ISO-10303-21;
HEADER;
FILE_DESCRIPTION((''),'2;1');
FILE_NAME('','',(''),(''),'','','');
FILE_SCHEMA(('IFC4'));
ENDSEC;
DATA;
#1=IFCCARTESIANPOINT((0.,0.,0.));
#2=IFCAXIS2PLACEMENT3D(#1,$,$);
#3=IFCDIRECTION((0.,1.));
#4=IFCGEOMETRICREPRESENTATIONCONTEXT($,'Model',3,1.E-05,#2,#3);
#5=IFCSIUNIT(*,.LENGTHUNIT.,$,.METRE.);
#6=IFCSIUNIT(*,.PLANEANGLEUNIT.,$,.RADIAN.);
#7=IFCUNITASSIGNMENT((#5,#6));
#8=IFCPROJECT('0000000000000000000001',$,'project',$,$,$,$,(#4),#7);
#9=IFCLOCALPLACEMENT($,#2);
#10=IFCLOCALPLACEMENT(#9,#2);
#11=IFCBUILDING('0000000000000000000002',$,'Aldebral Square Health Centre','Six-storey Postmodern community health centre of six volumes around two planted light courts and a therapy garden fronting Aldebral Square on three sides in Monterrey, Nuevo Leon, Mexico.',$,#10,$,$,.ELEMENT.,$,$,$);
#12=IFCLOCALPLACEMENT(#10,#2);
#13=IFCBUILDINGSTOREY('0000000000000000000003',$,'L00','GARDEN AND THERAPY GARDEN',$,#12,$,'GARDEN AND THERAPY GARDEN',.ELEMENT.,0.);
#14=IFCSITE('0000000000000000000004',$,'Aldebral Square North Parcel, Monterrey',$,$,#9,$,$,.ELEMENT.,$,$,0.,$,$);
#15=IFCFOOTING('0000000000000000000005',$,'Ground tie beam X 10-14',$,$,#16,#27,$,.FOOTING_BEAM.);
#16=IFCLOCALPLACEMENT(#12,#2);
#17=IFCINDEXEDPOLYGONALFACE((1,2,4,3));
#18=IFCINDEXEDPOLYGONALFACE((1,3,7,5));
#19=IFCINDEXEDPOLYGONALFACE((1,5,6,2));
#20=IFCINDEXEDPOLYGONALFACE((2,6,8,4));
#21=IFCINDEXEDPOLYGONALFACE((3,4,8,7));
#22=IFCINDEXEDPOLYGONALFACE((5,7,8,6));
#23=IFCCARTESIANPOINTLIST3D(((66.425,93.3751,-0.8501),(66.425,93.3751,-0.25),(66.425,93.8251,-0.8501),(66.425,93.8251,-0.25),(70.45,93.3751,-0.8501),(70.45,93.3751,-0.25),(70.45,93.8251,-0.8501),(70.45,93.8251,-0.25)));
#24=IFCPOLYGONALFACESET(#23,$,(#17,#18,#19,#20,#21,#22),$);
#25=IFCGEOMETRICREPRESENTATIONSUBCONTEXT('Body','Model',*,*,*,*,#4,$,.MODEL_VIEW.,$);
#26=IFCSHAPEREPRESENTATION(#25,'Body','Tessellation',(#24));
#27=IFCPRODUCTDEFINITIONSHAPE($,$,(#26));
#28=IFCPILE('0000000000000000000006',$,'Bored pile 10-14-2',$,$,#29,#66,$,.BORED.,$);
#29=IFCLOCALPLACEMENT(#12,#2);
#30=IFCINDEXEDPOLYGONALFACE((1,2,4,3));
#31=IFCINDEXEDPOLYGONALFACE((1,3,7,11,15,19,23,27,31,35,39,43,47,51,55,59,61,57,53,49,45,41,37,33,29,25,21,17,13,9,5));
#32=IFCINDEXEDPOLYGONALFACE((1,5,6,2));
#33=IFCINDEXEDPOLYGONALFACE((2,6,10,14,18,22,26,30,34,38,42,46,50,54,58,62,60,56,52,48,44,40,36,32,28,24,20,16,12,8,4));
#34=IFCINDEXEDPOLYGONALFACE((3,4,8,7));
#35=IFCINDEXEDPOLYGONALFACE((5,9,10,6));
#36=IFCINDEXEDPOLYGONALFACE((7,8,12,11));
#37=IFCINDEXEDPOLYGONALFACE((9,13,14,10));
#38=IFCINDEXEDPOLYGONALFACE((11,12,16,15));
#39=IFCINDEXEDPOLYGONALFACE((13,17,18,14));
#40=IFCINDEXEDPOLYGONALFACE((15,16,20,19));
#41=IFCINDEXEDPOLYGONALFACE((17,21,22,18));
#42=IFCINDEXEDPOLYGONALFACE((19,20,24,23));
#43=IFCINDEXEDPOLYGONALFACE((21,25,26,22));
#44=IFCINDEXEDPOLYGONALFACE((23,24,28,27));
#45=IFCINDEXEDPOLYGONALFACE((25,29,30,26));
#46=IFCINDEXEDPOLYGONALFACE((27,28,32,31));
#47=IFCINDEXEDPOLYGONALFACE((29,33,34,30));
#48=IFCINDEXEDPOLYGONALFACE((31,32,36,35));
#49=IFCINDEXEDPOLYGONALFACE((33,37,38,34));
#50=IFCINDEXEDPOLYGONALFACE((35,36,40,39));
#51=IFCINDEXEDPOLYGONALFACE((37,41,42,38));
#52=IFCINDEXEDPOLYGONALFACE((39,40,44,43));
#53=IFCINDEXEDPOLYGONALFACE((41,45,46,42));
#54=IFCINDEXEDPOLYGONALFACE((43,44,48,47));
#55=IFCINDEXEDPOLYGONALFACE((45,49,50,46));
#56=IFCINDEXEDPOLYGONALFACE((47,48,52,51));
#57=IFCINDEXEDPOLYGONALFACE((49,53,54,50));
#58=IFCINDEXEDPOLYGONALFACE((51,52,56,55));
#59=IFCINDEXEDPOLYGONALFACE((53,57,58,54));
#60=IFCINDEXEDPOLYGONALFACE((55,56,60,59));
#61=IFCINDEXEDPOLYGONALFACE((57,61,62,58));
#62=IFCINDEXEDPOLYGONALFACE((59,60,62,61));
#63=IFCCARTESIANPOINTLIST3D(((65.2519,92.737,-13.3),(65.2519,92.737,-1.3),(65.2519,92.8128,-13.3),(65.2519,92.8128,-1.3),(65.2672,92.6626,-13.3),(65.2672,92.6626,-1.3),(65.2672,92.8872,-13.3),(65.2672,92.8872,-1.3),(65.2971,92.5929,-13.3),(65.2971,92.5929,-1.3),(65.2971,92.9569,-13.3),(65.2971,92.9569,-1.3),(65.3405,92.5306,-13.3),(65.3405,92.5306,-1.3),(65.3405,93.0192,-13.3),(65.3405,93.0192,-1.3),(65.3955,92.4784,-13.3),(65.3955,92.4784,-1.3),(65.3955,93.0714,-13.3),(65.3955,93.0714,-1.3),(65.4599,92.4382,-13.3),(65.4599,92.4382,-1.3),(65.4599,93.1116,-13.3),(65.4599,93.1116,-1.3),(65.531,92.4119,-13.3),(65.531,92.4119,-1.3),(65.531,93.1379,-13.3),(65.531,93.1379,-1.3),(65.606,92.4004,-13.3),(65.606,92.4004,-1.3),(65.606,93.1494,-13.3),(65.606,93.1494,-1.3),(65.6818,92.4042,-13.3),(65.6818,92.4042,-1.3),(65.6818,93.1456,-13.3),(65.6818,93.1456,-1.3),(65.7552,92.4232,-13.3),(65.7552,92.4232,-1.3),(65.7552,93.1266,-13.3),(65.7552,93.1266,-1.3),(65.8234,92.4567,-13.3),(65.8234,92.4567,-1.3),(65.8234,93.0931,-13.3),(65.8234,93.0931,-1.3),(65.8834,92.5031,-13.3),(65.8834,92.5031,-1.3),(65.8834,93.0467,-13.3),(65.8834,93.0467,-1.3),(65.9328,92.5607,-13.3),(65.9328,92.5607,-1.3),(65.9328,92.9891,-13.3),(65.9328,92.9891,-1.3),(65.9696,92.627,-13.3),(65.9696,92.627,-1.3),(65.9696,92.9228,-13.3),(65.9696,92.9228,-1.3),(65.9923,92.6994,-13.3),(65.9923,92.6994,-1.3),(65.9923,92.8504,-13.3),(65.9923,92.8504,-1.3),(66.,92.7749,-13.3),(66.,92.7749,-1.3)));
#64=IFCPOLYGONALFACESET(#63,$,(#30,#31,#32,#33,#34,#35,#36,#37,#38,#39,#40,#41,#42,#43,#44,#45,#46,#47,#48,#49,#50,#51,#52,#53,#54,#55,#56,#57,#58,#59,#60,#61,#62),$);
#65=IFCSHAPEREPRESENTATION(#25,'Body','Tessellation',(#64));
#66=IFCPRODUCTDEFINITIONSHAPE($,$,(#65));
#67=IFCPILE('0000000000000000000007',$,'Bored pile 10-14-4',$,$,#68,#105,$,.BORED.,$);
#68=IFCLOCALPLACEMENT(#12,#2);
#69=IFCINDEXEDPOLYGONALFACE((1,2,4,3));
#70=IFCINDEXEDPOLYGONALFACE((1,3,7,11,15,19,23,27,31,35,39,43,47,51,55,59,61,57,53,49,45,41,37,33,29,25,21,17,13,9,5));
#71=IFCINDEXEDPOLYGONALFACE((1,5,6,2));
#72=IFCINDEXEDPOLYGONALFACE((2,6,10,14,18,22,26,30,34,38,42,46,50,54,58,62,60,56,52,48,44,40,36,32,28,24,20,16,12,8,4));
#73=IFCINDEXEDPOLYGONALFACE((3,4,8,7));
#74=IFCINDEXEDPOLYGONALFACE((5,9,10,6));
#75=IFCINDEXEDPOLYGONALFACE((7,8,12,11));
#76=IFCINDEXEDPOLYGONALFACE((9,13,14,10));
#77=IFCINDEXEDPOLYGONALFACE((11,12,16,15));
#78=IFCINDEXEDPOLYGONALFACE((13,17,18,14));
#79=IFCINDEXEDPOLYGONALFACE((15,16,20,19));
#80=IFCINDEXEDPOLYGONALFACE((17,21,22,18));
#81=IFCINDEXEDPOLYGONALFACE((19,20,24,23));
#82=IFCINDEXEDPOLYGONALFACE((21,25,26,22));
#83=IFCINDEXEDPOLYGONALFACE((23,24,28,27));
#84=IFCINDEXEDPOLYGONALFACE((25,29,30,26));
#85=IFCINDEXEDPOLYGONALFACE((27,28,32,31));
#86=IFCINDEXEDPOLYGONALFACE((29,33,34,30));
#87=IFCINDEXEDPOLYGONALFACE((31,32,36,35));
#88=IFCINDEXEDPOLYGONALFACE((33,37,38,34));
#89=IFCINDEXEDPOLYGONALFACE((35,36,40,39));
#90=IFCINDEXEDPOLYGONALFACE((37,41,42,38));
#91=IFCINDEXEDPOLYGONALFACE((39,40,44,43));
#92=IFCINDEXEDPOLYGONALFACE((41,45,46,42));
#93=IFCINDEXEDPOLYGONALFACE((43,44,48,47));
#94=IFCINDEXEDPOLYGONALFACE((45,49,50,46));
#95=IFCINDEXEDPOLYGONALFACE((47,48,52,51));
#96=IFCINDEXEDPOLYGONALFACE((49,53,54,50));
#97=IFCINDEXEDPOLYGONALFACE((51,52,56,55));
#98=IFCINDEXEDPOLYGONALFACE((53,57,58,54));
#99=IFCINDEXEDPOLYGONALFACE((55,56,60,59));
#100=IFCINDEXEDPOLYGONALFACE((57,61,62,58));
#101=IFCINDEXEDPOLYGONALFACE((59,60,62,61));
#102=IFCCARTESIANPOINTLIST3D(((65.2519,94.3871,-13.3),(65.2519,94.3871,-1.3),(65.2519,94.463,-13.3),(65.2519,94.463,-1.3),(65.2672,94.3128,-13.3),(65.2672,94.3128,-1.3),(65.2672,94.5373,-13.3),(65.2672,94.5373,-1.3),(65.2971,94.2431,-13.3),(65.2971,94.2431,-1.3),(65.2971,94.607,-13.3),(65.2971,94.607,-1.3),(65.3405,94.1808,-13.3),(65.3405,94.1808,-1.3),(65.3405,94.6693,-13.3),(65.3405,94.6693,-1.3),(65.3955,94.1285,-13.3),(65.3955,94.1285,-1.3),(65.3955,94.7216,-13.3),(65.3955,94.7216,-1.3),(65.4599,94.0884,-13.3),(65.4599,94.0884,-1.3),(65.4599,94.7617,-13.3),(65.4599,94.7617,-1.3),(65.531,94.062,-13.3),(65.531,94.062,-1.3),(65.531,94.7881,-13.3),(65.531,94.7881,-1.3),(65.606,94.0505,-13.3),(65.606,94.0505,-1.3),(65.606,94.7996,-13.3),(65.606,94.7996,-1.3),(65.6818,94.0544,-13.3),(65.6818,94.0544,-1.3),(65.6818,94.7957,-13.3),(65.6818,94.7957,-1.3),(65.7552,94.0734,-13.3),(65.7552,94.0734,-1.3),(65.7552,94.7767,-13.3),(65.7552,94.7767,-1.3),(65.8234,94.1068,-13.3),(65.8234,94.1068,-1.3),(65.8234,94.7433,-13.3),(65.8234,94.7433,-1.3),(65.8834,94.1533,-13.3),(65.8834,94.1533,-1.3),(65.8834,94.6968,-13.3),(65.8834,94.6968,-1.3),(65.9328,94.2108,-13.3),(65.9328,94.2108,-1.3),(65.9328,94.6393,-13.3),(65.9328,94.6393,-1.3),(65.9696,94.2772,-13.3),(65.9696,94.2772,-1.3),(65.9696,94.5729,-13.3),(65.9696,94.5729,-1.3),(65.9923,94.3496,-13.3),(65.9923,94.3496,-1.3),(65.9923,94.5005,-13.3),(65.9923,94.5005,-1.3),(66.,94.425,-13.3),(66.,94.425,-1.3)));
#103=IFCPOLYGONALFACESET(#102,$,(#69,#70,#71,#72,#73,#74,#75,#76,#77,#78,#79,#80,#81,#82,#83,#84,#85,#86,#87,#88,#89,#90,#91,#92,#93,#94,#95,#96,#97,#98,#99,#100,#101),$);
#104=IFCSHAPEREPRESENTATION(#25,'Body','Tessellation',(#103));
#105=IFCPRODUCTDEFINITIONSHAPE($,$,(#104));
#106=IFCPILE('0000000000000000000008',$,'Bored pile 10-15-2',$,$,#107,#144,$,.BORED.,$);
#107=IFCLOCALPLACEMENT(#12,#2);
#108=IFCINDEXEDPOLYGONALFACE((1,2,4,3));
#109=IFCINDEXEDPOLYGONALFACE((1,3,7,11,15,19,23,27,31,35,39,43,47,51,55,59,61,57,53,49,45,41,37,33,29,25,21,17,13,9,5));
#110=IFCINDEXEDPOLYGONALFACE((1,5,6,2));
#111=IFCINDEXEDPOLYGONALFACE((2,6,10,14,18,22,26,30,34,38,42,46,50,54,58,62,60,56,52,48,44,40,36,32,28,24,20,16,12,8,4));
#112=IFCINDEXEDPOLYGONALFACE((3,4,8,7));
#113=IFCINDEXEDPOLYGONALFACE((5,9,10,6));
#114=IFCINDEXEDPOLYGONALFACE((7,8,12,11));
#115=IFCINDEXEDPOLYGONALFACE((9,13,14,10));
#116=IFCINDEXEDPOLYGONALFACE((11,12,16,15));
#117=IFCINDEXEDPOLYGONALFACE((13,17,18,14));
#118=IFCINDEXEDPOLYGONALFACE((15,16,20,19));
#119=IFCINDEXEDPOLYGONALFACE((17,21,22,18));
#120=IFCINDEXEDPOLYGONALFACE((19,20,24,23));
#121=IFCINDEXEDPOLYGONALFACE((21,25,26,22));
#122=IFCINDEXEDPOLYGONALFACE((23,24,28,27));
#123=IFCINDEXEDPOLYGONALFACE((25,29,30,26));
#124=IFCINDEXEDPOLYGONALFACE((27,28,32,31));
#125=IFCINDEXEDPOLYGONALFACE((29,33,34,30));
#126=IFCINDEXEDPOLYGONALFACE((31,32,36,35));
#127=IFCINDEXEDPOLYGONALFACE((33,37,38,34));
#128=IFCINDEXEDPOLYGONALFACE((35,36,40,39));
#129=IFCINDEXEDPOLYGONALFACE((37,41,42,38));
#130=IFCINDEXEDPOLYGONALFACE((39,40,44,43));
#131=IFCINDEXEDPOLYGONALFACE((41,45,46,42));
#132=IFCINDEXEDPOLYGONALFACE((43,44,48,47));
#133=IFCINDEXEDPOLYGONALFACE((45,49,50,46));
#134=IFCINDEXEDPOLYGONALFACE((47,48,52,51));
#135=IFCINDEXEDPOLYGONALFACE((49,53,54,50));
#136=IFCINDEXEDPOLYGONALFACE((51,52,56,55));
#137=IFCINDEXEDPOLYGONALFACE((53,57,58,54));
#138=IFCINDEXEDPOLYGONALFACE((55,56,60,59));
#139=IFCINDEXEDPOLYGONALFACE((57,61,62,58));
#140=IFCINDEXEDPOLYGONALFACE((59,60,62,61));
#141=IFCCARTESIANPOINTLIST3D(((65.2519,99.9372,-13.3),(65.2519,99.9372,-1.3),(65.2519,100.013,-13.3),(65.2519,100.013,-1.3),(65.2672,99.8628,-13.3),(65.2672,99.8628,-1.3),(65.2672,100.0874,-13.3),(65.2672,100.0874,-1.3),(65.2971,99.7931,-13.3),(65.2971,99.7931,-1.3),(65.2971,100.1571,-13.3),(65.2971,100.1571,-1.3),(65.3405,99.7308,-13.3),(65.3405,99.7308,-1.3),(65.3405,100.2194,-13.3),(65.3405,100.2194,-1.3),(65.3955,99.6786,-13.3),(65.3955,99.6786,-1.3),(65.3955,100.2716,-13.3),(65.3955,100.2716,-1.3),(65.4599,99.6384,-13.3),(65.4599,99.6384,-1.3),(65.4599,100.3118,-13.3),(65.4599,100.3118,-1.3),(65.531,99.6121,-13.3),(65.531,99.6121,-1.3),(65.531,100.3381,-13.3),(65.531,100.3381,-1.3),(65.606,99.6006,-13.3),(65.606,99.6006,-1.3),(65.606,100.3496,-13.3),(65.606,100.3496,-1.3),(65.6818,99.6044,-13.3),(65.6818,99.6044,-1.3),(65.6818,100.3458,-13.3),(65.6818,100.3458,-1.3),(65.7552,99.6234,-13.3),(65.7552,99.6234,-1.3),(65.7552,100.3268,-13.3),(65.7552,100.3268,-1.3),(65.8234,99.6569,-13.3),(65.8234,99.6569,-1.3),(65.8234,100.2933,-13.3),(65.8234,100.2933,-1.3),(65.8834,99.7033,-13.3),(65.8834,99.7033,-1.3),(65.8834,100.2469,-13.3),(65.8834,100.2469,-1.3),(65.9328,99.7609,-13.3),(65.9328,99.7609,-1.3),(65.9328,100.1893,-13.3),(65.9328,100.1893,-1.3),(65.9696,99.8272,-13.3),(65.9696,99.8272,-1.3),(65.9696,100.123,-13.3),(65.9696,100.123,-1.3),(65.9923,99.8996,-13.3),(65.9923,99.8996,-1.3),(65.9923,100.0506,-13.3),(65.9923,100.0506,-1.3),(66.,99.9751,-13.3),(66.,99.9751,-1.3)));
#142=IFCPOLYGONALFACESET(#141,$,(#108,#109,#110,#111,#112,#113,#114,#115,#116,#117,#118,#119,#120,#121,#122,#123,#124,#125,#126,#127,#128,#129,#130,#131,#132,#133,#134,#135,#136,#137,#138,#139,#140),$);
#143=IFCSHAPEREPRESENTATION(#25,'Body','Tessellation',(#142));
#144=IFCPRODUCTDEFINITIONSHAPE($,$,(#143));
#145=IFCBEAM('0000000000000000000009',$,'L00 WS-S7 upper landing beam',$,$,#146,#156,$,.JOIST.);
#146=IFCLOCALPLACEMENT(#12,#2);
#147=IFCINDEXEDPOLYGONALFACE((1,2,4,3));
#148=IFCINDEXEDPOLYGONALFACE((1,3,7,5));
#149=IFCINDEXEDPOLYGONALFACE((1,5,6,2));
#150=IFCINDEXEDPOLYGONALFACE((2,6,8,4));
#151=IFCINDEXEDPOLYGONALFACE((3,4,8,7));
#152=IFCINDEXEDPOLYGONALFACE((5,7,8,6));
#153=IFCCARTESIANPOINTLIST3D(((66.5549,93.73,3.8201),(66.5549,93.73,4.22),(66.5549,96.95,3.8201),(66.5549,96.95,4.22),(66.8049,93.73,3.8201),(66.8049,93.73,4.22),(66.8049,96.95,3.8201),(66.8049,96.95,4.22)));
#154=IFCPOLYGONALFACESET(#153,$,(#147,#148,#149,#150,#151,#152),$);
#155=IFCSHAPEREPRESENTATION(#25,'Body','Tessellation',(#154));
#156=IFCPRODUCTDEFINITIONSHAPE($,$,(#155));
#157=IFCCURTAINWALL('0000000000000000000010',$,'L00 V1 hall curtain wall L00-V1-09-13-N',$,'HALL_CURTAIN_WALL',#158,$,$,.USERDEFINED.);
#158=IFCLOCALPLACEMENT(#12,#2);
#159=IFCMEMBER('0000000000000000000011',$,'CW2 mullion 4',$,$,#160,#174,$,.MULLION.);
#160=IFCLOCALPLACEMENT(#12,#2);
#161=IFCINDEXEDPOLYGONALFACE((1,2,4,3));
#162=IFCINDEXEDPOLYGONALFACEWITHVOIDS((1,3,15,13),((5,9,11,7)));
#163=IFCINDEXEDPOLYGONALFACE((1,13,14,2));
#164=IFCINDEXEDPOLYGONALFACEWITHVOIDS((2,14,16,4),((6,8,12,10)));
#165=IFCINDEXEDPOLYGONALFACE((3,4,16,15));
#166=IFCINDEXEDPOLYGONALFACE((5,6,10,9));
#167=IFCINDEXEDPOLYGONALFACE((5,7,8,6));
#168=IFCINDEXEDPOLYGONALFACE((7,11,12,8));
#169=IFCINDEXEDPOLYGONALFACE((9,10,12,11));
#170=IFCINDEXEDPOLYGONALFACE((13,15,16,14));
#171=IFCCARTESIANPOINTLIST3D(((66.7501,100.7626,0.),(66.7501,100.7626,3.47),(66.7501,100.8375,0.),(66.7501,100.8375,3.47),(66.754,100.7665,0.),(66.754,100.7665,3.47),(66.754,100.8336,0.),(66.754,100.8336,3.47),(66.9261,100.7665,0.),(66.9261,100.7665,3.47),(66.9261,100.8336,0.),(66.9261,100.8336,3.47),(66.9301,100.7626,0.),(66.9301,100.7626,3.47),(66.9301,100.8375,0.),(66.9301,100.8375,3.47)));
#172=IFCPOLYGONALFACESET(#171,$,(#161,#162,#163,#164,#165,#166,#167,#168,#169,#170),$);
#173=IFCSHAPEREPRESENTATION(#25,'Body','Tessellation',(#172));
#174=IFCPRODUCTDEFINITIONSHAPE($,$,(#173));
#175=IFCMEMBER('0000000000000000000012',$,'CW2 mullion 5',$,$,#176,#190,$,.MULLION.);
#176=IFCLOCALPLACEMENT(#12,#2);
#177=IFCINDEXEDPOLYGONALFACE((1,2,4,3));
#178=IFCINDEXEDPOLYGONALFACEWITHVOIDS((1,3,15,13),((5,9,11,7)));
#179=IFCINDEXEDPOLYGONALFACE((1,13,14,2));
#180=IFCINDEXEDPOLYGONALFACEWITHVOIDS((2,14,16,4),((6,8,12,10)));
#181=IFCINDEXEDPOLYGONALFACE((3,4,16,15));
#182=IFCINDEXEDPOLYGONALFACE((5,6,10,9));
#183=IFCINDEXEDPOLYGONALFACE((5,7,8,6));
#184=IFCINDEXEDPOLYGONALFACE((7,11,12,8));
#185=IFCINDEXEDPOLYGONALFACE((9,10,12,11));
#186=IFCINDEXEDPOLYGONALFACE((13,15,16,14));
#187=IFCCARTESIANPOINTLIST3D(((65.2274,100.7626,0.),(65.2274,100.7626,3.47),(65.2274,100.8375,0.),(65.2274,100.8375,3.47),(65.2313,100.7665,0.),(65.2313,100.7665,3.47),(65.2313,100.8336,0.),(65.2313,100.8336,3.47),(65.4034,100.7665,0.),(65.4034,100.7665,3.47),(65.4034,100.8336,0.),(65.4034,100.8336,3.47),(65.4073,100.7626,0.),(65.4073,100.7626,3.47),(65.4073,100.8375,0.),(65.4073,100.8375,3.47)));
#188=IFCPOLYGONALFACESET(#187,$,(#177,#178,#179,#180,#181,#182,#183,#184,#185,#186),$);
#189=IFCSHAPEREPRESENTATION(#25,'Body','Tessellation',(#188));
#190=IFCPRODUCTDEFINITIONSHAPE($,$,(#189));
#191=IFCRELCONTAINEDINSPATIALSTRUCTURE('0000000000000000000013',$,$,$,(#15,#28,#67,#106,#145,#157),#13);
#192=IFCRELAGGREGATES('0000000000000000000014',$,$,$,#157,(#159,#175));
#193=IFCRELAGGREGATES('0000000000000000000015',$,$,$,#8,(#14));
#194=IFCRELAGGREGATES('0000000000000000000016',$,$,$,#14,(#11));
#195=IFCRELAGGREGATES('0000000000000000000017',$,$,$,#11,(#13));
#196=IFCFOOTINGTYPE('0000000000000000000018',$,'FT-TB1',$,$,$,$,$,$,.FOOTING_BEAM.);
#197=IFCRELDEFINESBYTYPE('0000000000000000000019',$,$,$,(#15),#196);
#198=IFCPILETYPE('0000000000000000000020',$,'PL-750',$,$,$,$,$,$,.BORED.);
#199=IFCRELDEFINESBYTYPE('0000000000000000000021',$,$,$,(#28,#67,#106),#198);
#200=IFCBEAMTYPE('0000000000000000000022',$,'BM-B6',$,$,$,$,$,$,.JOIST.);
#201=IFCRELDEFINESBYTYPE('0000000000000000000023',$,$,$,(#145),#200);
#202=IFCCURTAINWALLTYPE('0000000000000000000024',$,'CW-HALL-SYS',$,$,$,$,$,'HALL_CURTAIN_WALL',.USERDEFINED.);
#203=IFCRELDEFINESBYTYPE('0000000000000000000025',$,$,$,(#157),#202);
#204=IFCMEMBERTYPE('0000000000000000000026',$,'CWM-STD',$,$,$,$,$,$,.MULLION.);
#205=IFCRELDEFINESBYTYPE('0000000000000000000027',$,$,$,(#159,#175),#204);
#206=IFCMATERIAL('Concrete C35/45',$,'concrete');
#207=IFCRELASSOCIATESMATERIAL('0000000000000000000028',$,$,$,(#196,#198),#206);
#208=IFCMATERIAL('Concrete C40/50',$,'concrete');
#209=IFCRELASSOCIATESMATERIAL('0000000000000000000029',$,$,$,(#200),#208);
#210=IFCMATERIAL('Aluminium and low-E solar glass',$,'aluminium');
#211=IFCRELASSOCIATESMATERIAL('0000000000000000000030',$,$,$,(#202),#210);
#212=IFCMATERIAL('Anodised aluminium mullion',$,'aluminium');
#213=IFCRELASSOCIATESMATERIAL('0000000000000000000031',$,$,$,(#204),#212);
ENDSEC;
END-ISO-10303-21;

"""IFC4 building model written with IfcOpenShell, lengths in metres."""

from ifc_helpers import new_model, si_unit, direction, frame, origin, origin_2d, place, context, subcontext, project, spatial, rectangle, hollow_rectangle, circle, extrude, material, material_profile, profile_set, type_object, element, aggregate, save


model = new_model("IFC4")

# Units and contexts
model_context = context("Model", 3, precision=1e-05, world=origin(), true_north=direction((0.0, 1.0)))
body_context = subcontext(model_context, "Body", "Model", "MODEL_VIEW")
ifc_project = project(units=[si_unit("LENGTHUNIT", "METRE"), si_unit("PLANEANGLEUNIT", "RADIAN")], contexts=[model_context])

# Site, building, storey
site_placement = place(None, origin())
site = spatial("IfcSite", under=ifc_project, at=site_placement, Name="Aldebral Square North Parcel, Monterrey", CompositionType="ELEMENT", RefElevation=0.0)
building_placement = place(site_placement, origin())
building = spatial("IfcBuilding", under=site, at=building_placement, Name="Aldebral Square Health Centre", Description="Six-storey Postmodern community health centre of six volumes around two planted light courts and a therapy garden fronting Aldebral Square on three sides in Monterrey, Nuevo Leon, Mexico.", CompositionType="ELEMENT")
storey_placement = place(building_placement, origin())
storey = spatial("IfcBuildingStorey", under=building, at=storey_placement, Name="L00", Description="GARDEN AND THERAPY GARDEN", LongName="GARDEN AND THERAPY GARDEN", CompositionType="ELEMENT", Elevation=0.0)

# Footing
ifc_material_1 = material(Name="Concrete C35/45", Category="concrete")
ifc_material_profile_1 = material_profile(ifc_material_1, rectangle(XDim=0.45, YDim=0.6001, at=origin_2d()), Name="RC 450x600")
ifc_profile_set_1 = profile_set([ifc_material_profile_1], Name="Concrete C35/45")
footing_type = type_object("IfcFootingType", Name="FT-TB1", PredefinedType="FOOTING_BEAM", material=ifc_profile_set_1)
footing_placement = place(storey_placement, frame((66.425, 93.6001, -0.55), z_axis=(1.0, 0.0, 0.0), x_axis=(0.0, 1.0, 0.0)))
element("IfcFooting", 1, at=footing_placement, inside=storey, type_object=footing_type, Name="Ground tie beam X 10-14", PredefinedType="FOOTING_BEAM", context=body_context, shape_type="SweptSolid", body=[
    extrude(rectangle(XDim=0.45, YDim=0.6001, at=origin_2d()), origin(), (0.0, 0.0, 1.0), 4.0249),
])

# Piles
ifc_material_profile_2 = material_profile(ifc_material_1, circle(Radius=0.375, at=origin_2d()), Name="PILE D750")
ifc_profile_set_2 = profile_set([ifc_material_profile_2], Name="Concrete C35/45")
pile_type = type_object("IfcPileType", Name="PL-750", PredefinedType="BORED", material=ifc_profile_set_2)
for number, where, z_axis, x_axis, name in (
    (2, (65.625, 92.7749, -1.3), (0.0, 0.0, -1.0), (1.0, 0.0, 0.0), "Bored pile 10-14-2"),
    (3, (65.625, 94.425, -1.3), (0.0, 0.0, -1.0), (1.0, 0.0, 0.0), "Bored pile 10-14-4"),
    (4, (65.625, 99.9751, -1.3), (0.0, 0.0, -1.0), (1.0, 0.0, 0.0), "Bored pile 10-15-2"),
):
    element("IfcPile", number, at=place(storey_placement, frame(where, z_axis=z_axis, x_axis=x_axis)), inside=storey, type_object=pile_type, Name=name, PredefinedType="BORED", context=body_context, shape_type="SweptSolid", body=[
        extrude(circle(Radius=0.375, at=origin_2d()), origin(), (0.0, 0.0, 1.0), 12.0),
    ])

# Beam
ifc_material_2 = material(Name="Concrete C40/50", Category="concrete")
ifc_material_profile_3 = material_profile(ifc_material_2, rectangle(XDim=0.25, YDim=0.3999, at=origin_2d()), Name="RC 250x400")
ifc_profile_set_3 = profile_set([ifc_material_profile_3], Name="Concrete C40/50")
beam_type = type_object("IfcBeamType", Name="BM-B6", PredefinedType="JOIST", material=ifc_profile_set_3)
beam_placement = place(storey_placement, frame((66.6799, 93.73, 4.02), z_axis=(0.0, 1.0, 0.0), x_axis=(-1.0, 0.0, 0.0)))
element("IfcBeam", 5, at=beam_placement, inside=storey, type_object=beam_type, Name="L00 WS-S7 upper landing beam", PredefinedType="JOIST", context=body_context, shape_type="SweptSolid", body=[
    extrude(rectangle(XDim=0.25, YDim=0.3999, at=origin_2d()), origin(), (0.0, 0.0, 1.0), 3.22),
])

# Curtain wall, members
ifc_material_3 = material(Name="Aluminium and low-E solar glass", Category="aluminium")
curtain_wall_type = type_object("IfcCurtainWallType", Name="CW-HALL-SYS", ElementType="HALL_CURTAIN_WALL", PredefinedType="USERDEFINED", material=ifc_material_3)
curtain_wall_placement = place(storey_placement, origin())
curtain_wall = element("IfcCurtainWall", 6, at=curtain_wall_placement, inside=storey, type_object=curtain_wall_type, Name="L00 V1 hall curtain wall L00-V1-09-13-N", ObjectType="HALL_CURTAIN_WALL", PredefinedType="USERDEFINED")
ifc_material_4 = material(Name="Anodised aluminium mullion", Category="aluminium")
ifc_material_profile_4 = material_profile(ifc_material_4, hollow_rectangle(XDim=0.075, YDim=0.1799, WallThickness=0.0039, at=origin_2d()), Name="CWM 75x180x4")
ifc_profile_set_4 = profile_set([ifc_material_profile_4], Name="Anodised aluminium mullion")
member_type_1 = type_object("IfcMemberType", Name="CWM-STD", PredefinedType="MULLION", material=ifc_profile_set_4)
member_1_placement = place(storey_placement, frame((66.8401, 100.8, 0.0), z_axis=(0.0, 0.0, 1.0), x_axis=(0.0, -1.0, 0.0)))
member_1 = element("IfcMember", 7, at=member_1_placement, type_object=member_type_1, Name="CW2 mullion 4", PredefinedType="MULLION", context=body_context, shape_type="SweptSolid", body=[
    extrude(hollow_rectangle(XDim=0.075, YDim=0.1799, WallThickness=0.0039, at=origin_2d()), origin(), (0.0, 0.0, 1.0), 3.47),
])
member_2_placement = place(storey_placement, frame((65.3174, 100.8, 0.0), z_axis=(0.0, 0.0, 1.0), x_axis=(0.0, -1.0, 0.0)))
member_2 = element("IfcMember", 8, at=member_2_placement, type_object=member_type_1, Name="CW2 mullion 5", PredefinedType="MULLION", context=body_context, shape_type="SweptSolid", body=[
    extrude(hollow_rectangle(XDim=0.075, YDim=0.1799, WallThickness=0.0039, at=origin_2d()), origin(), (0.0, 0.0, 1.0), 3.47),
])
aggregate(curtain_wall, [member_1, member_2])

save(model, "model.ifc")
